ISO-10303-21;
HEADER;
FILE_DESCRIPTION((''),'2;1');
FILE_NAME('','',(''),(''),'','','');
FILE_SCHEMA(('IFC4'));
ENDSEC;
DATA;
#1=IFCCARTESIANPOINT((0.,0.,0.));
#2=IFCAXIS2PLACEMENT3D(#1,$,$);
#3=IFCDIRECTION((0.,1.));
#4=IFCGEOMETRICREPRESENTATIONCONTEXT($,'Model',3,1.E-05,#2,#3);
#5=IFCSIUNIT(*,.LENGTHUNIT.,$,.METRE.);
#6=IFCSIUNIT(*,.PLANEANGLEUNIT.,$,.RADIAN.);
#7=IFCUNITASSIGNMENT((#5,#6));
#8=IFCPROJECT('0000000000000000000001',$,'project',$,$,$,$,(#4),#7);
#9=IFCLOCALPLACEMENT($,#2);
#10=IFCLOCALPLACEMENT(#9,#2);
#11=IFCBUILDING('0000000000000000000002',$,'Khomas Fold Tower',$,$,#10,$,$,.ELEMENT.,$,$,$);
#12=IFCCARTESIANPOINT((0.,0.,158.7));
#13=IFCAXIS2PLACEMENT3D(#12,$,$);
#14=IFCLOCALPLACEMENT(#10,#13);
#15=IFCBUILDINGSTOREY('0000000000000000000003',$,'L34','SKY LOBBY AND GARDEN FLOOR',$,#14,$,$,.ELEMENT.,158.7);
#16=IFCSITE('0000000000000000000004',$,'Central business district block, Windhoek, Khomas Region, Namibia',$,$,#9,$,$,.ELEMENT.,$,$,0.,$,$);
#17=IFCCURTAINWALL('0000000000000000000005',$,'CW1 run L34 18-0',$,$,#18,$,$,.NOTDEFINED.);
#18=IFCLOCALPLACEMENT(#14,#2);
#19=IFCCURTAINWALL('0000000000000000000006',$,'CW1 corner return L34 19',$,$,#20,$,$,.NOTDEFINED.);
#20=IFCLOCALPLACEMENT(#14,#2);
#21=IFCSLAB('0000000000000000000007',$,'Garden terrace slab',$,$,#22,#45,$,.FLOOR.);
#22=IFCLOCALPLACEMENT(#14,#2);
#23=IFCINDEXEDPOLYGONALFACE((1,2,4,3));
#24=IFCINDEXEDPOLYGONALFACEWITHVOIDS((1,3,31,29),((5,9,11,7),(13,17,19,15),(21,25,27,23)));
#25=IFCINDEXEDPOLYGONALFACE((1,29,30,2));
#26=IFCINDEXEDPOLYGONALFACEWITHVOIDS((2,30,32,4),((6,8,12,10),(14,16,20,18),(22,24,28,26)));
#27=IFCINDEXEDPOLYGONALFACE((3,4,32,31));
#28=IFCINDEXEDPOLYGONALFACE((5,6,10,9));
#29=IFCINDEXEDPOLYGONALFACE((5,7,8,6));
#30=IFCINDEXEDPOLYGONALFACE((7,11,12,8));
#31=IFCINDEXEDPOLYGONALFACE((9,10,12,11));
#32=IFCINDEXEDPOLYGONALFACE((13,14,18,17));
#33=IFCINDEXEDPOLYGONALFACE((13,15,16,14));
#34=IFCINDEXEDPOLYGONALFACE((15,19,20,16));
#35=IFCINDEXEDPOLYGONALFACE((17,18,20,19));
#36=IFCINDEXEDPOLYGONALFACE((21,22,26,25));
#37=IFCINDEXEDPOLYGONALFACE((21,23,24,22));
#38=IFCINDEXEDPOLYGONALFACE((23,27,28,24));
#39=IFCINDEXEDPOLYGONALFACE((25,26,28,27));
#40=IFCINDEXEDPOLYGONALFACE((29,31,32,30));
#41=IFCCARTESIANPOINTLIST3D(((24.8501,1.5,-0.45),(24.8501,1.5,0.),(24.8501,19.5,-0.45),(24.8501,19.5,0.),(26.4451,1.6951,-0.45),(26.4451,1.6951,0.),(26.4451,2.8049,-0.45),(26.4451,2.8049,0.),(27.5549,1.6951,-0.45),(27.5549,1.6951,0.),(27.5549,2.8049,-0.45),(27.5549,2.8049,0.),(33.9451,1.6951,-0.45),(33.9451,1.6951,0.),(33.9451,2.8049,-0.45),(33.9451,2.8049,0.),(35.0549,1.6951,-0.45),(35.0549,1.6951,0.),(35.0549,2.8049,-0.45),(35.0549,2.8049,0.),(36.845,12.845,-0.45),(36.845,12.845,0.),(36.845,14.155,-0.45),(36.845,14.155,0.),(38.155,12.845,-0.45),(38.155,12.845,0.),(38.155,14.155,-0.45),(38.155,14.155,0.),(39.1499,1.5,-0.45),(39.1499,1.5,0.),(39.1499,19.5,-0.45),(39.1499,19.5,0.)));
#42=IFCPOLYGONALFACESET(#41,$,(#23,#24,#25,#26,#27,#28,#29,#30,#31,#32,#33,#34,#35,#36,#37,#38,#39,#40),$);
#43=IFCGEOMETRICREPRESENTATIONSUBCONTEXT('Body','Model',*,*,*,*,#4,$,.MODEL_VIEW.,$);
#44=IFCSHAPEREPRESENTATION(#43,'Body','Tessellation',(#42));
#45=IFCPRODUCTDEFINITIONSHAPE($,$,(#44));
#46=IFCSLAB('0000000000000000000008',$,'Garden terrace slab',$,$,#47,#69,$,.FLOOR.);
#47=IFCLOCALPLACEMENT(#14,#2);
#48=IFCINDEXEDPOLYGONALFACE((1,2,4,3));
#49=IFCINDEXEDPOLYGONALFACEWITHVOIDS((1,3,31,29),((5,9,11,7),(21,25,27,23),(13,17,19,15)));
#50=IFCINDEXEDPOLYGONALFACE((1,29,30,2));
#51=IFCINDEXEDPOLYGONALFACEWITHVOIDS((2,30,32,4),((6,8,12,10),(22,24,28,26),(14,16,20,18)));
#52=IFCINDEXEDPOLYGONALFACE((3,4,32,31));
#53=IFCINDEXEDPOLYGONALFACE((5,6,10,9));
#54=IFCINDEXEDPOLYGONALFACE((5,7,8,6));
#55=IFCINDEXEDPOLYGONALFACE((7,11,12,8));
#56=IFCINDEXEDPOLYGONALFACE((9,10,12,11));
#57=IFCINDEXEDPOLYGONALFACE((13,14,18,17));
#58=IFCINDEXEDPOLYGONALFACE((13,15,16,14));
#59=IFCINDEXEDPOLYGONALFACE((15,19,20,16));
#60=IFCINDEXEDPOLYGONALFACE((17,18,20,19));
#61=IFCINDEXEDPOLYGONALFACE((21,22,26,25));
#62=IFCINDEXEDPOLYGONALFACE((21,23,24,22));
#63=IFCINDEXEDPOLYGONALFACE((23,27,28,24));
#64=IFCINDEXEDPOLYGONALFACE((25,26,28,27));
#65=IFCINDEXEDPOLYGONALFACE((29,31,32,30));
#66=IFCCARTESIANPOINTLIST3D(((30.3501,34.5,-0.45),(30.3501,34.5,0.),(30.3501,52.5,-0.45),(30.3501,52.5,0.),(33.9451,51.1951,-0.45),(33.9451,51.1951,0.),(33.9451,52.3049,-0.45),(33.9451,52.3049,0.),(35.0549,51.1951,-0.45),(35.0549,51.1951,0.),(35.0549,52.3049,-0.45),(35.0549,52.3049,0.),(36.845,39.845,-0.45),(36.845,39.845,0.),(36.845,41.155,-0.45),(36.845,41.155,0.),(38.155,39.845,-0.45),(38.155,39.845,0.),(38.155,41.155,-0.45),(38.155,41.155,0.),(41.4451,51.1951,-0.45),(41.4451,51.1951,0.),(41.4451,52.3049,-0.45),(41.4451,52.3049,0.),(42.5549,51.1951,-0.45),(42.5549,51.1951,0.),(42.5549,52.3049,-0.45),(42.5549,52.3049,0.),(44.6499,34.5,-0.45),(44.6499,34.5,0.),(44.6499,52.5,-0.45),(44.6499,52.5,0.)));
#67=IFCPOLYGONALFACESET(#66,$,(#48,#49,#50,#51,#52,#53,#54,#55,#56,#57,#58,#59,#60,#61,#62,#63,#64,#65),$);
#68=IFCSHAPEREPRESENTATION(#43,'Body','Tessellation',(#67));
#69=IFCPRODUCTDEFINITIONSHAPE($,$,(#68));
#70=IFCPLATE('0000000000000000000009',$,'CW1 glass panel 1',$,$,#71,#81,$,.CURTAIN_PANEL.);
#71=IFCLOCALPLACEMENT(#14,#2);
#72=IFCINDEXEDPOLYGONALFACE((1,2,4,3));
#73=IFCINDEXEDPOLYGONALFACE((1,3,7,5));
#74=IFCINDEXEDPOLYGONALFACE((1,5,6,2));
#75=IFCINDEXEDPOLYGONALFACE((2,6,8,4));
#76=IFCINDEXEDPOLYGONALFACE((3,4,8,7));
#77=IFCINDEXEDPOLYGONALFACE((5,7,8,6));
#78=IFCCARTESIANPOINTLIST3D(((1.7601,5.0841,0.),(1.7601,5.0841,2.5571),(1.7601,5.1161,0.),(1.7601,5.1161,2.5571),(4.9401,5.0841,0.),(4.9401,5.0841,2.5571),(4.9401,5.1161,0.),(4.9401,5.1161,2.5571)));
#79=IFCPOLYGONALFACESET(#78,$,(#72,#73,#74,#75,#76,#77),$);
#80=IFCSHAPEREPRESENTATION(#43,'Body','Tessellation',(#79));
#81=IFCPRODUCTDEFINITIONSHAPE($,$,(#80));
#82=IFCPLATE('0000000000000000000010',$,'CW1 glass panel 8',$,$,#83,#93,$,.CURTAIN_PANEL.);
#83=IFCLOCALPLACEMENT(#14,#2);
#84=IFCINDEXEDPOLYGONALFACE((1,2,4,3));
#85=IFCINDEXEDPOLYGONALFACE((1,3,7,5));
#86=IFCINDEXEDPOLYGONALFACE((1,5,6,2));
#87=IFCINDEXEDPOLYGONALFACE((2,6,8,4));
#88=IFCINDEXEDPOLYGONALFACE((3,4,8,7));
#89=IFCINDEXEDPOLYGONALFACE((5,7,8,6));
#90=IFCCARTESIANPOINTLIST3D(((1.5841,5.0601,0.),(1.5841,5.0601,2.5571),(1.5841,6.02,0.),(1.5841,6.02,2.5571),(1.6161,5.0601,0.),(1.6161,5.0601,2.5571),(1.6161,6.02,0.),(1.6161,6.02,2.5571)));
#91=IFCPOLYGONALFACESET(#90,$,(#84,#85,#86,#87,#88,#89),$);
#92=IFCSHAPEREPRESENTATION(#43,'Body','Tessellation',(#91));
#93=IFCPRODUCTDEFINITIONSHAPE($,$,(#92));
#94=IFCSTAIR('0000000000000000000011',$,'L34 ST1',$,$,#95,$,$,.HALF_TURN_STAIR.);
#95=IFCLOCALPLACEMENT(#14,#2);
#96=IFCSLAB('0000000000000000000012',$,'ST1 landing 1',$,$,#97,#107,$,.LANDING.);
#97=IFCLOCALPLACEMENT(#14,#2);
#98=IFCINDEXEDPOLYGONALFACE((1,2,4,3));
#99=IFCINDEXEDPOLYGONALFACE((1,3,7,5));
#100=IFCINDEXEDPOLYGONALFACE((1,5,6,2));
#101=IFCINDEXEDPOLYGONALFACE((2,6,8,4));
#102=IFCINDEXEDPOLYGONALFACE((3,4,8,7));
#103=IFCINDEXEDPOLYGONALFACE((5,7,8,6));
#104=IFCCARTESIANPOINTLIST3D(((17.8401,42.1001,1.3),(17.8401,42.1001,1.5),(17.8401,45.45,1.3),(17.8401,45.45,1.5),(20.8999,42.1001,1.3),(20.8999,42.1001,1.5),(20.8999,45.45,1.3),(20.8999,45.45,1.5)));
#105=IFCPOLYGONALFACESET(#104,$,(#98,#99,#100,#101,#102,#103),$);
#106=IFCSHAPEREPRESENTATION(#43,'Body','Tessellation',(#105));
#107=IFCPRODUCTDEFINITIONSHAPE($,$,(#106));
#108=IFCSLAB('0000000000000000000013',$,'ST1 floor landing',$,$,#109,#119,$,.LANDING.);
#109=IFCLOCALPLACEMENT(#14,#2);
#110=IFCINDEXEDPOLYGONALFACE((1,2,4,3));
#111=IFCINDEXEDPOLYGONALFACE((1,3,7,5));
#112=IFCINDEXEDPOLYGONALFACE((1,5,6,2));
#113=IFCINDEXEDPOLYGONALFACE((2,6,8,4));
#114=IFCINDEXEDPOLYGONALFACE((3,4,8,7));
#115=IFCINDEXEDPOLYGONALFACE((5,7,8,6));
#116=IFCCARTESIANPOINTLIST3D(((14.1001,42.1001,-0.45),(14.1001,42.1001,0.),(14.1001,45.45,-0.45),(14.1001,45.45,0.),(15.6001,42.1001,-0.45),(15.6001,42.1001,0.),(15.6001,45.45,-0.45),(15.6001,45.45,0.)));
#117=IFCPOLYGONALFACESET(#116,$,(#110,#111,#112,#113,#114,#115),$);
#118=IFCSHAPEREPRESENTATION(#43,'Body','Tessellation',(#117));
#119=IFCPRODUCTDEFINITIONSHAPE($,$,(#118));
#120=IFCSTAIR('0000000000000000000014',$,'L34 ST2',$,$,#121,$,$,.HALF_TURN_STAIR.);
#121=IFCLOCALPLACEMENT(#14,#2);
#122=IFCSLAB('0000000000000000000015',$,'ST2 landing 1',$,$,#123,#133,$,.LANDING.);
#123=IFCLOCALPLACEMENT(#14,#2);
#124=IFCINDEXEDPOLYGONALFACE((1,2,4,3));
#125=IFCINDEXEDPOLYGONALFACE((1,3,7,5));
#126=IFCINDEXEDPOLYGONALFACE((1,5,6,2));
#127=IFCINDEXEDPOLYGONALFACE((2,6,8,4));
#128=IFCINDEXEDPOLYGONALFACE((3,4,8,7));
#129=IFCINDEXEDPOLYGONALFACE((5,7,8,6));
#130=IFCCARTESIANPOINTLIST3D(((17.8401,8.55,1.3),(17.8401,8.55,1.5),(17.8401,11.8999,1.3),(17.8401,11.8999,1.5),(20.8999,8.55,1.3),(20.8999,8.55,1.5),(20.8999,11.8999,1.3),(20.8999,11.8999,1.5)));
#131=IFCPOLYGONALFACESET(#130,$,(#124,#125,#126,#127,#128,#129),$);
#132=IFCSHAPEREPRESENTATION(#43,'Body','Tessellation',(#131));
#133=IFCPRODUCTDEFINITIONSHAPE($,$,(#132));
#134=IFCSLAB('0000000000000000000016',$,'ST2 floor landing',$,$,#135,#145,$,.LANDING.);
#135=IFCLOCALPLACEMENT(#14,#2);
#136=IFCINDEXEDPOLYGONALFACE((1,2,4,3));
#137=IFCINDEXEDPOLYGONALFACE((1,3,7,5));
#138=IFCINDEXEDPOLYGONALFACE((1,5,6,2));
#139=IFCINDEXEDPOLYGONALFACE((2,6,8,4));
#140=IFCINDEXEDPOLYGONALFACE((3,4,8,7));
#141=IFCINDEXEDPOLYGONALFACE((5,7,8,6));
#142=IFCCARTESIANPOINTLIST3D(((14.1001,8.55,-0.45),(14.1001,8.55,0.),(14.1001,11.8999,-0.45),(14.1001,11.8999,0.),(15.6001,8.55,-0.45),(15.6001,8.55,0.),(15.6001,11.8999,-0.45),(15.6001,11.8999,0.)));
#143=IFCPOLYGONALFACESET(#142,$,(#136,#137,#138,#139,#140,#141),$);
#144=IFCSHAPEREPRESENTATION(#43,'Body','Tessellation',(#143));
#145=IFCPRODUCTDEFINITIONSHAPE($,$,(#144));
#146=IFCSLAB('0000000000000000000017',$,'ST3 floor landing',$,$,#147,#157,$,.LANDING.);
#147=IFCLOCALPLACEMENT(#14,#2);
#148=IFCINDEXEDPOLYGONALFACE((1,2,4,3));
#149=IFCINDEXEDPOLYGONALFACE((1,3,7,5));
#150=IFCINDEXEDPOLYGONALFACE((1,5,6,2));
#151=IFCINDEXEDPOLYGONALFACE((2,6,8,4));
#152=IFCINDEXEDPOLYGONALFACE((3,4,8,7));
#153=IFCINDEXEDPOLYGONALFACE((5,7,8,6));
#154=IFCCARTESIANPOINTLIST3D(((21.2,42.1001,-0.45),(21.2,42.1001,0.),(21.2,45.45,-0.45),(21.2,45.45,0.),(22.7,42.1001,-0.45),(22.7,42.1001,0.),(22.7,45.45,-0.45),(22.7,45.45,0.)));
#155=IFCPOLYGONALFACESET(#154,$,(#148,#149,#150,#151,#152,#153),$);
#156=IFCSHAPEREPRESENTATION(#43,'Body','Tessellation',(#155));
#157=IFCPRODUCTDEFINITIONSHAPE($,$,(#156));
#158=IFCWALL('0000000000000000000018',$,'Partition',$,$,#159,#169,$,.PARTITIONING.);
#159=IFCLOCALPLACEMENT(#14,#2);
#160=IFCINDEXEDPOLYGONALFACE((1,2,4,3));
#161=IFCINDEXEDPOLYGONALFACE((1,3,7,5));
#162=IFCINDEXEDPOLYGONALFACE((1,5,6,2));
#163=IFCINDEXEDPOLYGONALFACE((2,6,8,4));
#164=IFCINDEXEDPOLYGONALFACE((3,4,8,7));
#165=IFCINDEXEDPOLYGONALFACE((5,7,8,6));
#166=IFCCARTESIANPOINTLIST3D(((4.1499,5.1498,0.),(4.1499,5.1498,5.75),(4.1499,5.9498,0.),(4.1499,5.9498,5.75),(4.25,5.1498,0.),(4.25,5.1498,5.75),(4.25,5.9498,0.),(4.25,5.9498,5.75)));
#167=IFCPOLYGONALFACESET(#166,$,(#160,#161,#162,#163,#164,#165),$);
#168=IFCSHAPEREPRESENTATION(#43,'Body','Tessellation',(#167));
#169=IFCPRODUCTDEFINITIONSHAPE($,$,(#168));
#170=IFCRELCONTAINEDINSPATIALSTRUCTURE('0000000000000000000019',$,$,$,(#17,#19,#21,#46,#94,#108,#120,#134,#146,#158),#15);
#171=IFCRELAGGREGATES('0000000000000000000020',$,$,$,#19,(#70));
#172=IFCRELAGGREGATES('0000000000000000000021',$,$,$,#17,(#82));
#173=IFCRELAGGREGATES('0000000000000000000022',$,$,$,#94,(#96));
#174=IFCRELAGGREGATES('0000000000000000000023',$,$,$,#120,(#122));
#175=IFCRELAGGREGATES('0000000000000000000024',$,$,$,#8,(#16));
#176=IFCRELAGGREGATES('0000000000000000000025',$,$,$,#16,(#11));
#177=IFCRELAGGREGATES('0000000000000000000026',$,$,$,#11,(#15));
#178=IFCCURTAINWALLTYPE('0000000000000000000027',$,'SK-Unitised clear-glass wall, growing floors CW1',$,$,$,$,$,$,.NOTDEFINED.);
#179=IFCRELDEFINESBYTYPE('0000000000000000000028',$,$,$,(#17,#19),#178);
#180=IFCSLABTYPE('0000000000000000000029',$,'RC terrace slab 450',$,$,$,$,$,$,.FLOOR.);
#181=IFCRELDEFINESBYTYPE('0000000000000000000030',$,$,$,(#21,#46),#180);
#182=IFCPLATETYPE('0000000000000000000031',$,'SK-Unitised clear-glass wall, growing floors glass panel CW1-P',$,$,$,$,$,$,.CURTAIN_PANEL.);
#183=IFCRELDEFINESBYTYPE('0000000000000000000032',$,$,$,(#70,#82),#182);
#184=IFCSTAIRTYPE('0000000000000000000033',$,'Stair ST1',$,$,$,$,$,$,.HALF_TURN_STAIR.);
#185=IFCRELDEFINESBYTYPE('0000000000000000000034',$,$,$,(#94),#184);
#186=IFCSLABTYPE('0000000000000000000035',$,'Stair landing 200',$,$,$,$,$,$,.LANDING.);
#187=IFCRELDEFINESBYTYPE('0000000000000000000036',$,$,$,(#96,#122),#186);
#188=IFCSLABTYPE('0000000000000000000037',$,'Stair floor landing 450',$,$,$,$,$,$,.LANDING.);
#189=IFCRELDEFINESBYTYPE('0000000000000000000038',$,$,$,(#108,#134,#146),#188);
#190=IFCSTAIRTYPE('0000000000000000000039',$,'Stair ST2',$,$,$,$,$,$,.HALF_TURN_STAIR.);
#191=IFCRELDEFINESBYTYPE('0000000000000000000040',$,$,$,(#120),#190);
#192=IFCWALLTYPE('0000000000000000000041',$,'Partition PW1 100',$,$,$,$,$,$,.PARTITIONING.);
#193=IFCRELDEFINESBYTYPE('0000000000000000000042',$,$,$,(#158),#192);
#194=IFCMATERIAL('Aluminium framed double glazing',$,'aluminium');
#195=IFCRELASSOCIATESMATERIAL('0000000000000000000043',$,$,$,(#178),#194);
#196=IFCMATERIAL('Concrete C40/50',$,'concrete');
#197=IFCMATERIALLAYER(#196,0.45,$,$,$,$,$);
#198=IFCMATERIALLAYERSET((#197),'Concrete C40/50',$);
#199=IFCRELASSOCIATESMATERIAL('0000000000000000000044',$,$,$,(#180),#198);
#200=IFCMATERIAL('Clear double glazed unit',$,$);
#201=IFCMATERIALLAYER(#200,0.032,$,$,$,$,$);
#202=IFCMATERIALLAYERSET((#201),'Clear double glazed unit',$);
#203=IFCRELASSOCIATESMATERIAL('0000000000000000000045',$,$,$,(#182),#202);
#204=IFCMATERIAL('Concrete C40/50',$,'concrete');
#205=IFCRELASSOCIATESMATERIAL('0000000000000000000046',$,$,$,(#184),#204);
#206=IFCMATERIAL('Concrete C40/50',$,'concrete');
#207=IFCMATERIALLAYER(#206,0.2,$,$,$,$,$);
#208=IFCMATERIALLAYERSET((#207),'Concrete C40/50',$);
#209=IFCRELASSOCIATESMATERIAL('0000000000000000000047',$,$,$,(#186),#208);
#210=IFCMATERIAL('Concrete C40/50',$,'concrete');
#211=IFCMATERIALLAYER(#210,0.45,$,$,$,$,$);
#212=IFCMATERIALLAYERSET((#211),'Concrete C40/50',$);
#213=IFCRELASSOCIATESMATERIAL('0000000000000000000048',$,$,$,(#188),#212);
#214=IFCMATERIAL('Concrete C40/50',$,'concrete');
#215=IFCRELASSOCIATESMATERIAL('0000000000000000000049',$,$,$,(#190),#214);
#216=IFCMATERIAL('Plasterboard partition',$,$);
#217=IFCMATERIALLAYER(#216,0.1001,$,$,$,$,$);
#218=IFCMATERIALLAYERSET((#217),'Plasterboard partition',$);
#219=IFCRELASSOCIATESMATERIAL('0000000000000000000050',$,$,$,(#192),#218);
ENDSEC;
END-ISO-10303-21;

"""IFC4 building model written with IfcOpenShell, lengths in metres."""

from ifc_helpers import new_model, si_unit, direction, frame, frame_2d, origin, origin_2d, place, context, subcontext, project, spatial, polyline, rectangle, outline, extrude, source, transform, mapped, material, layer, layer_set, type_object, element, aggregate, save


model = new_model("IFC4")

# Units and contexts
model_context = context("Model", 3, precision=1e-05, world=origin(), true_north=direction((0.0, 1.0)))
body_context = subcontext(model_context, "Body", "Model", "MODEL_VIEW")
ifc_project = project(units=[si_unit("LENGTHUNIT", "METRE"), si_unit("PLANEANGLEUNIT", "RADIAN")], contexts=[model_context])

# Site, building, storey
site_placement = place(None, origin())
site = spatial("IfcSite", under=ifc_project, at=site_placement, Name="Central business district block, Windhoek, Khomas Region, Namibia", CompositionType="ELEMENT", RefElevation=0.0)
building_placement = place(site_placement, origin())
building = spatial("IfcBuilding", under=site, at=building_placement, Name="Khomas Fold Tower", CompositionType="ELEMENT")
storey_placement = place(building_placement, frame((0.0, 0.0, 158.7)))
storey = spatial("IfcBuildingStorey", under=building, at=storey_placement, Name="L34", Description="SKY LOBBY AND GARDEN FLOOR", CompositionType="ELEMENT", Elevation=158.7)

# Curtain walls
ifc_material_1 = material(Name="Aluminium framed double glazing", Category="aluminium")
curtain_wall_type = type_object("IfcCurtainWallType", Name="SK-Unitised clear-glass wall, growing floors CW1", PredefinedType="NOTDEFINED", material=ifc_material_1)
curtain_wall_1_placement = place(storey_placement, origin())
curtain_wall_1 = element("IfcCurtainWall", 1, at=curtain_wall_1_placement, inside=storey, type_object=curtain_wall_type, Name="CW1 run L34 18-0", PredefinedType="NOTDEFINED")
curtain_wall_2_placement = place(storey_placement, origin())
curtain_wall_2 = element("IfcCurtainWall", 2, at=curtain_wall_2_placement, inside=storey, type_object=curtain_wall_type, Name="CW1 corner return L34 19", PredefinedType="NOTDEFINED")

# Slabs
ifc_material_2 = material(Name="Concrete C40/50", Category="concrete")
ifc_layer_1 = layer(ifc_material_2, 0.45)
ifc_layer_set_1 = layer_set([ifc_layer_1], Name="Concrete C40/50")
slab_type_1 = type_object("IfcSlabType", Name="RC terrace slab 450", PredefinedType="FLOOR", material=ifc_layer_set_1)
shared_shape_1 = source(origin(), body_context, "Body", "SweptSolid", [
    extrude(outline(polyline([(24.8501, 1.5), (39.1499, 1.5), (39.1499, 19.5), (24.8501, 19.5), (24.8501, 1.5)]), holes=[polyline([(26.4451, 1.6951), (26.4451, 2.8049), (27.5549, 2.8049), (27.5549, 1.6951), (26.4451, 1.6951)]), polyline([(33.9451, 1.6951), (33.9451, 2.8049), (35.0549, 2.8049), (35.0549, 1.6951), (33.9451, 1.6951)]), polyline([(36.845, 12.845), (36.845, 14.155), (38.155, 14.155), (38.155, 12.845), (36.845, 12.845)])]), origin(), (0.0, 0.0, 1.0), 0.45),
])
slab_1_placement = place(storey_placement, frame((0.0, 0.0, -0.45)))
element("IfcSlab", 3, at=slab_1_placement, inside=storey, type_object=slab_type_1, Name="Garden terrace slab", PredefinedType="FLOOR", context=body_context, shape_type="MappedRepresentation", body=[
    mapped(shared_shape_1, transform((0.0, 0.0, 0.0))),
])
shared_shape_2 = source(origin(), body_context, "Body", "SweptSolid", [
    extrude(outline(polyline([(30.3501, 34.5), (44.6499, 34.5), (44.6499, 52.5), (30.3501, 52.5), (30.3501, 34.5)]), holes=[polyline([(33.9451, 51.1951), (33.9451, 52.3049), (35.0549, 52.3049), (35.0549, 51.1951), (33.9451, 51.1951)]), polyline([(36.845, 39.845), (36.845, 41.155), (38.155, 41.155), (38.155, 39.845), (36.845, 39.845)]), polyline([(41.4451, 51.1951), (41.4451, 52.3049), (42.5549, 52.3049), (42.5549, 51.1951), (41.4451, 51.1951)])]), origin(), (0.0, 0.0, 1.0), 0.45),
])
slab_2_placement = place(storey_placement, frame((0.0, 0.0, -0.45)))
element("IfcSlab", 4, at=slab_2_placement, inside=storey, type_object=slab_type_1, Name="Garden terrace slab", PredefinedType="FLOOR", context=body_context, shape_type="MappedRepresentation", body=[
    mapped(shared_shape_2, transform((0.0, 0.0, 0.0))),
])

# Plates
ifc_material_3 = material(Name="Clear double glazed unit")
ifc_layer_2 = layer(ifc_material_3, 0.032)
ifc_layer_set_2 = layer_set([ifc_layer_2], Name="Clear double glazed unit")
plate_type = type_object("IfcPlateType", Name="SK-Unitised clear-glass wall, growing floors glass panel CW1-P", PredefinedType="CURTAIN_PANEL", material=ifc_layer_set_2)
shared_shape_3 = source(origin(), body_context, "Body", "SweptSolid", [
    extrude(rectangle(XDim=3.1799, YDim=0.032, at=origin_2d()), origin(), (0.0, 0.0, 1.0), 2.5571),
])
plate_1_placement = place(storey_placement, frame((3.3501, 5.1001, 0.0), z_axis=(0.0, 0.0, 1.0), x_axis=(1.0, 0.0, 0.0)))
plate_1 = element("IfcPlate", 5, at=plate_1_placement, type_object=plate_type, Name="CW1 glass panel 1", PredefinedType="CURTAIN_PANEL", context=body_context, shape_type="MappedRepresentation", body=[
    mapped(shared_shape_3, transform((0.0, 0.0, 0.0))),
])
aggregate(curtain_wall_2, [plate_1])
shared_shape_4 = source(origin(), body_context, "Body", "SweptSolid", [
    extrude(rectangle(XDim=0.96, YDim=0.032, at=origin_2d()), origin(), (0.0, 0.0, 1.0), 2.5571),
])
plate_2_placement = place(storey_placement, frame((1.6001, 5.54, 0.0), z_axis=(0.0, 0.0, 1.0), x_axis=(0.0, -1.0, 0.0)))
plate_2 = element("IfcPlate", 6, at=plate_2_placement, type_object=plate_type, Name="CW1 glass panel 8", PredefinedType="CURTAIN_PANEL", context=body_context, shape_type="MappedRepresentation", body=[
    mapped(shared_shape_4, transform((0.0, 0.0, 0.0))),
])
aggregate(curtain_wall_1, [plate_2])

# Stair, slab
ifc_material_4 = material(Name="Concrete C40/50", Category="concrete")
stair_type_1 = type_object("IfcStairType", Name="Stair ST1", PredefinedType="HALF_TURN_STAIR", material=ifc_material_4)
stair_1_placement = place(storey_placement, origin())
stair_1 = element("IfcStair", 7, at=stair_1_placement, inside=storey, type_object=stair_type_1, Name="L34 ST1", PredefinedType="HALF_TURN_STAIR")
ifc_material_5 = material(Name="Concrete C40/50", Category="concrete")
ifc_layer_3 = layer(ifc_material_5, 0.2)
ifc_layer_set_3 = layer_set([ifc_layer_3], Name="Concrete C40/50")
slab_type_2 = type_object("IfcSlabType", Name="Stair landing 200", PredefinedType="LANDING", material=ifc_layer_set_3)
shared_shape_5 = source(origin(), body_context, "Body", "SweptSolid", [
    extrude(outline(polyline([(17.8401, 42.1001), (20.8999, 42.1001), (20.8999, 45.45), (17.8401, 45.45), (17.8401, 42.1001)])), origin(), (0.0, 0.0, 1.0), 0.2),
])
slab_3_placement = place(storey_placement, frame((0.0, 0.0, 1.3)))
slab_3 = element("IfcSlab", 8, at=slab_3_placement, type_object=slab_type_2, Name="ST1 landing 1", PredefinedType="LANDING", context=body_context, shape_type="MappedRepresentation", body=[
    mapped(shared_shape_5, transform((0.0, 0.0, 0.0))),
])
aggregate(stair_1, [slab_3])

# Slab
ifc_material_6 = material(Name="Concrete C40/50", Category="concrete")
ifc_layer_4 = layer(ifc_material_6, 0.45)
ifc_layer_set_4 = layer_set([ifc_layer_4], Name="Concrete C40/50")
slab_type_3 = type_object("IfcSlabType", Name="Stair floor landing 450", PredefinedType="LANDING", material=ifc_layer_set_4)
shared_shape_6 = source(origin(), body_context, "Body", "SweptSolid", [
    extrude(outline(polyline([(14.1001, 42.1001), (14.1001, 45.45), (15.6001, 45.45), (15.6001, 42.1001), (14.1001, 42.1001)])), origin(), (0.0, 0.0, 1.0), 0.45),
])
slab_4_placement = place(storey_placement, frame((0.0, 0.0, -0.45)))
element("IfcSlab", 9, at=slab_4_placement, inside=storey, type_object=slab_type_3, Name="ST1 floor landing", PredefinedType="LANDING", context=body_context, shape_type="MappedRepresentation", body=[
    mapped(shared_shape_6, transform((0.0, 0.0, 0.0))),
])

# Stair, slab
ifc_material_7 = material(Name="Concrete C40/50", Category="concrete")
stair_type_2 = type_object("IfcStairType", Name="Stair ST2", PredefinedType="HALF_TURN_STAIR", material=ifc_material_7)
stair_2_placement = place(storey_placement, origin())
stair_2 = element("IfcStair", 10, at=stair_2_placement, inside=storey, type_object=stair_type_2, Name="L34 ST2", PredefinedType="HALF_TURN_STAIR")
shared_shape_7 = source(origin(), body_context, "Body", "SweptSolid", [
    extrude(outline(polyline([(17.8401, 8.55), (20.8999, 8.55), (20.8999, 11.8999), (17.8401, 11.8999), (17.8401, 8.55)])), origin(), (0.0, 0.0, 1.0), 0.2),
])
slab_5_placement = place(storey_placement, frame((0.0, 0.0, 1.3)))
slab_5 = element("IfcSlab", 11, at=slab_5_placement, type_object=slab_type_2, Name="ST2 landing 1", PredefinedType="LANDING", context=body_context, shape_type="MappedRepresentation", body=[
    mapped(shared_shape_7, transform((0.0, 0.0, 0.0))),
])
aggregate(stair_2, [slab_5])

# Slabs
shared_shape_8 = source(origin(), body_context, "Body", "SweptSolid", [
    extrude(outline(polyline([(14.1001, 8.55), (14.1001, 11.8999), (15.6001, 11.8999), (15.6001, 8.55), (14.1001, 8.55)])), origin(), (0.0, 0.0, 1.0), 0.45),
])
slab_6_placement = place(storey_placement, frame((0.0, 0.0, -0.45)))
element("IfcSlab", 12, at=slab_6_placement, inside=storey, type_object=slab_type_3, Name="ST2 floor landing", PredefinedType="LANDING", context=body_context, shape_type="MappedRepresentation", body=[
    mapped(shared_shape_8, transform((0.0, 0.0, 0.0))),
])
shared_shape_9 = source(origin(), body_context, "Body", "SweptSolid", [
    extrude(outline(polyline([(21.2, 42.1001), (21.2, 45.45), (22.7, 45.45), (22.7, 42.1001), (21.2, 42.1001)])), origin(), (0.0, 0.0, 1.0), 0.45),
])
slab_7_placement = place(storey_placement, frame((0.0, 0.0, -0.45)))
element("IfcSlab", 13, at=slab_7_placement, inside=storey, type_object=slab_type_3, Name="ST3 floor landing", PredefinedType="LANDING", context=body_context, shape_type="MappedRepresentation", body=[
    mapped(shared_shape_9, transform((0.0, 0.0, 0.0))),
])

# Wall
ifc_material_8 = material(Name="Plasterboard partition")
ifc_layer_5 = layer(ifc_material_8, 0.1001)
ifc_layer_set_5 = layer_set([ifc_layer_5], Name="Plasterboard partition")
wall_type_1 = type_object("IfcWallType", Name="Partition PW1 100", PredefinedType="PARTITIONING", material=ifc_layer_set_5)
shared_shape_10 = source(origin(), body_context, "Body", "SweptSolid", [
    extrude(rectangle(XDim=0.8, YDim=0.1001, at=frame_2d((0.3999, 0.0))), origin(), (0.0, 0.0, 1.0), 5.75),
])
wall_1_placement = place(storey_placement, frame((4.2, 5.1499, 0.0), z_axis=(0.0, 0.0, 1.0), x_axis=(0.0, 1.0, 0.0)))
element("IfcWall", 14, at=wall_1_placement, inside=storey, type_object=wall_type_1, Name="Partition", PredefinedType="PARTITIONING", context=body_context, shape_type="MappedRepresentation", body=[
    mapped(shared_shape_10, transform((0.0, 0.0, 0.0))),
])

save(model, "model.ifc")
